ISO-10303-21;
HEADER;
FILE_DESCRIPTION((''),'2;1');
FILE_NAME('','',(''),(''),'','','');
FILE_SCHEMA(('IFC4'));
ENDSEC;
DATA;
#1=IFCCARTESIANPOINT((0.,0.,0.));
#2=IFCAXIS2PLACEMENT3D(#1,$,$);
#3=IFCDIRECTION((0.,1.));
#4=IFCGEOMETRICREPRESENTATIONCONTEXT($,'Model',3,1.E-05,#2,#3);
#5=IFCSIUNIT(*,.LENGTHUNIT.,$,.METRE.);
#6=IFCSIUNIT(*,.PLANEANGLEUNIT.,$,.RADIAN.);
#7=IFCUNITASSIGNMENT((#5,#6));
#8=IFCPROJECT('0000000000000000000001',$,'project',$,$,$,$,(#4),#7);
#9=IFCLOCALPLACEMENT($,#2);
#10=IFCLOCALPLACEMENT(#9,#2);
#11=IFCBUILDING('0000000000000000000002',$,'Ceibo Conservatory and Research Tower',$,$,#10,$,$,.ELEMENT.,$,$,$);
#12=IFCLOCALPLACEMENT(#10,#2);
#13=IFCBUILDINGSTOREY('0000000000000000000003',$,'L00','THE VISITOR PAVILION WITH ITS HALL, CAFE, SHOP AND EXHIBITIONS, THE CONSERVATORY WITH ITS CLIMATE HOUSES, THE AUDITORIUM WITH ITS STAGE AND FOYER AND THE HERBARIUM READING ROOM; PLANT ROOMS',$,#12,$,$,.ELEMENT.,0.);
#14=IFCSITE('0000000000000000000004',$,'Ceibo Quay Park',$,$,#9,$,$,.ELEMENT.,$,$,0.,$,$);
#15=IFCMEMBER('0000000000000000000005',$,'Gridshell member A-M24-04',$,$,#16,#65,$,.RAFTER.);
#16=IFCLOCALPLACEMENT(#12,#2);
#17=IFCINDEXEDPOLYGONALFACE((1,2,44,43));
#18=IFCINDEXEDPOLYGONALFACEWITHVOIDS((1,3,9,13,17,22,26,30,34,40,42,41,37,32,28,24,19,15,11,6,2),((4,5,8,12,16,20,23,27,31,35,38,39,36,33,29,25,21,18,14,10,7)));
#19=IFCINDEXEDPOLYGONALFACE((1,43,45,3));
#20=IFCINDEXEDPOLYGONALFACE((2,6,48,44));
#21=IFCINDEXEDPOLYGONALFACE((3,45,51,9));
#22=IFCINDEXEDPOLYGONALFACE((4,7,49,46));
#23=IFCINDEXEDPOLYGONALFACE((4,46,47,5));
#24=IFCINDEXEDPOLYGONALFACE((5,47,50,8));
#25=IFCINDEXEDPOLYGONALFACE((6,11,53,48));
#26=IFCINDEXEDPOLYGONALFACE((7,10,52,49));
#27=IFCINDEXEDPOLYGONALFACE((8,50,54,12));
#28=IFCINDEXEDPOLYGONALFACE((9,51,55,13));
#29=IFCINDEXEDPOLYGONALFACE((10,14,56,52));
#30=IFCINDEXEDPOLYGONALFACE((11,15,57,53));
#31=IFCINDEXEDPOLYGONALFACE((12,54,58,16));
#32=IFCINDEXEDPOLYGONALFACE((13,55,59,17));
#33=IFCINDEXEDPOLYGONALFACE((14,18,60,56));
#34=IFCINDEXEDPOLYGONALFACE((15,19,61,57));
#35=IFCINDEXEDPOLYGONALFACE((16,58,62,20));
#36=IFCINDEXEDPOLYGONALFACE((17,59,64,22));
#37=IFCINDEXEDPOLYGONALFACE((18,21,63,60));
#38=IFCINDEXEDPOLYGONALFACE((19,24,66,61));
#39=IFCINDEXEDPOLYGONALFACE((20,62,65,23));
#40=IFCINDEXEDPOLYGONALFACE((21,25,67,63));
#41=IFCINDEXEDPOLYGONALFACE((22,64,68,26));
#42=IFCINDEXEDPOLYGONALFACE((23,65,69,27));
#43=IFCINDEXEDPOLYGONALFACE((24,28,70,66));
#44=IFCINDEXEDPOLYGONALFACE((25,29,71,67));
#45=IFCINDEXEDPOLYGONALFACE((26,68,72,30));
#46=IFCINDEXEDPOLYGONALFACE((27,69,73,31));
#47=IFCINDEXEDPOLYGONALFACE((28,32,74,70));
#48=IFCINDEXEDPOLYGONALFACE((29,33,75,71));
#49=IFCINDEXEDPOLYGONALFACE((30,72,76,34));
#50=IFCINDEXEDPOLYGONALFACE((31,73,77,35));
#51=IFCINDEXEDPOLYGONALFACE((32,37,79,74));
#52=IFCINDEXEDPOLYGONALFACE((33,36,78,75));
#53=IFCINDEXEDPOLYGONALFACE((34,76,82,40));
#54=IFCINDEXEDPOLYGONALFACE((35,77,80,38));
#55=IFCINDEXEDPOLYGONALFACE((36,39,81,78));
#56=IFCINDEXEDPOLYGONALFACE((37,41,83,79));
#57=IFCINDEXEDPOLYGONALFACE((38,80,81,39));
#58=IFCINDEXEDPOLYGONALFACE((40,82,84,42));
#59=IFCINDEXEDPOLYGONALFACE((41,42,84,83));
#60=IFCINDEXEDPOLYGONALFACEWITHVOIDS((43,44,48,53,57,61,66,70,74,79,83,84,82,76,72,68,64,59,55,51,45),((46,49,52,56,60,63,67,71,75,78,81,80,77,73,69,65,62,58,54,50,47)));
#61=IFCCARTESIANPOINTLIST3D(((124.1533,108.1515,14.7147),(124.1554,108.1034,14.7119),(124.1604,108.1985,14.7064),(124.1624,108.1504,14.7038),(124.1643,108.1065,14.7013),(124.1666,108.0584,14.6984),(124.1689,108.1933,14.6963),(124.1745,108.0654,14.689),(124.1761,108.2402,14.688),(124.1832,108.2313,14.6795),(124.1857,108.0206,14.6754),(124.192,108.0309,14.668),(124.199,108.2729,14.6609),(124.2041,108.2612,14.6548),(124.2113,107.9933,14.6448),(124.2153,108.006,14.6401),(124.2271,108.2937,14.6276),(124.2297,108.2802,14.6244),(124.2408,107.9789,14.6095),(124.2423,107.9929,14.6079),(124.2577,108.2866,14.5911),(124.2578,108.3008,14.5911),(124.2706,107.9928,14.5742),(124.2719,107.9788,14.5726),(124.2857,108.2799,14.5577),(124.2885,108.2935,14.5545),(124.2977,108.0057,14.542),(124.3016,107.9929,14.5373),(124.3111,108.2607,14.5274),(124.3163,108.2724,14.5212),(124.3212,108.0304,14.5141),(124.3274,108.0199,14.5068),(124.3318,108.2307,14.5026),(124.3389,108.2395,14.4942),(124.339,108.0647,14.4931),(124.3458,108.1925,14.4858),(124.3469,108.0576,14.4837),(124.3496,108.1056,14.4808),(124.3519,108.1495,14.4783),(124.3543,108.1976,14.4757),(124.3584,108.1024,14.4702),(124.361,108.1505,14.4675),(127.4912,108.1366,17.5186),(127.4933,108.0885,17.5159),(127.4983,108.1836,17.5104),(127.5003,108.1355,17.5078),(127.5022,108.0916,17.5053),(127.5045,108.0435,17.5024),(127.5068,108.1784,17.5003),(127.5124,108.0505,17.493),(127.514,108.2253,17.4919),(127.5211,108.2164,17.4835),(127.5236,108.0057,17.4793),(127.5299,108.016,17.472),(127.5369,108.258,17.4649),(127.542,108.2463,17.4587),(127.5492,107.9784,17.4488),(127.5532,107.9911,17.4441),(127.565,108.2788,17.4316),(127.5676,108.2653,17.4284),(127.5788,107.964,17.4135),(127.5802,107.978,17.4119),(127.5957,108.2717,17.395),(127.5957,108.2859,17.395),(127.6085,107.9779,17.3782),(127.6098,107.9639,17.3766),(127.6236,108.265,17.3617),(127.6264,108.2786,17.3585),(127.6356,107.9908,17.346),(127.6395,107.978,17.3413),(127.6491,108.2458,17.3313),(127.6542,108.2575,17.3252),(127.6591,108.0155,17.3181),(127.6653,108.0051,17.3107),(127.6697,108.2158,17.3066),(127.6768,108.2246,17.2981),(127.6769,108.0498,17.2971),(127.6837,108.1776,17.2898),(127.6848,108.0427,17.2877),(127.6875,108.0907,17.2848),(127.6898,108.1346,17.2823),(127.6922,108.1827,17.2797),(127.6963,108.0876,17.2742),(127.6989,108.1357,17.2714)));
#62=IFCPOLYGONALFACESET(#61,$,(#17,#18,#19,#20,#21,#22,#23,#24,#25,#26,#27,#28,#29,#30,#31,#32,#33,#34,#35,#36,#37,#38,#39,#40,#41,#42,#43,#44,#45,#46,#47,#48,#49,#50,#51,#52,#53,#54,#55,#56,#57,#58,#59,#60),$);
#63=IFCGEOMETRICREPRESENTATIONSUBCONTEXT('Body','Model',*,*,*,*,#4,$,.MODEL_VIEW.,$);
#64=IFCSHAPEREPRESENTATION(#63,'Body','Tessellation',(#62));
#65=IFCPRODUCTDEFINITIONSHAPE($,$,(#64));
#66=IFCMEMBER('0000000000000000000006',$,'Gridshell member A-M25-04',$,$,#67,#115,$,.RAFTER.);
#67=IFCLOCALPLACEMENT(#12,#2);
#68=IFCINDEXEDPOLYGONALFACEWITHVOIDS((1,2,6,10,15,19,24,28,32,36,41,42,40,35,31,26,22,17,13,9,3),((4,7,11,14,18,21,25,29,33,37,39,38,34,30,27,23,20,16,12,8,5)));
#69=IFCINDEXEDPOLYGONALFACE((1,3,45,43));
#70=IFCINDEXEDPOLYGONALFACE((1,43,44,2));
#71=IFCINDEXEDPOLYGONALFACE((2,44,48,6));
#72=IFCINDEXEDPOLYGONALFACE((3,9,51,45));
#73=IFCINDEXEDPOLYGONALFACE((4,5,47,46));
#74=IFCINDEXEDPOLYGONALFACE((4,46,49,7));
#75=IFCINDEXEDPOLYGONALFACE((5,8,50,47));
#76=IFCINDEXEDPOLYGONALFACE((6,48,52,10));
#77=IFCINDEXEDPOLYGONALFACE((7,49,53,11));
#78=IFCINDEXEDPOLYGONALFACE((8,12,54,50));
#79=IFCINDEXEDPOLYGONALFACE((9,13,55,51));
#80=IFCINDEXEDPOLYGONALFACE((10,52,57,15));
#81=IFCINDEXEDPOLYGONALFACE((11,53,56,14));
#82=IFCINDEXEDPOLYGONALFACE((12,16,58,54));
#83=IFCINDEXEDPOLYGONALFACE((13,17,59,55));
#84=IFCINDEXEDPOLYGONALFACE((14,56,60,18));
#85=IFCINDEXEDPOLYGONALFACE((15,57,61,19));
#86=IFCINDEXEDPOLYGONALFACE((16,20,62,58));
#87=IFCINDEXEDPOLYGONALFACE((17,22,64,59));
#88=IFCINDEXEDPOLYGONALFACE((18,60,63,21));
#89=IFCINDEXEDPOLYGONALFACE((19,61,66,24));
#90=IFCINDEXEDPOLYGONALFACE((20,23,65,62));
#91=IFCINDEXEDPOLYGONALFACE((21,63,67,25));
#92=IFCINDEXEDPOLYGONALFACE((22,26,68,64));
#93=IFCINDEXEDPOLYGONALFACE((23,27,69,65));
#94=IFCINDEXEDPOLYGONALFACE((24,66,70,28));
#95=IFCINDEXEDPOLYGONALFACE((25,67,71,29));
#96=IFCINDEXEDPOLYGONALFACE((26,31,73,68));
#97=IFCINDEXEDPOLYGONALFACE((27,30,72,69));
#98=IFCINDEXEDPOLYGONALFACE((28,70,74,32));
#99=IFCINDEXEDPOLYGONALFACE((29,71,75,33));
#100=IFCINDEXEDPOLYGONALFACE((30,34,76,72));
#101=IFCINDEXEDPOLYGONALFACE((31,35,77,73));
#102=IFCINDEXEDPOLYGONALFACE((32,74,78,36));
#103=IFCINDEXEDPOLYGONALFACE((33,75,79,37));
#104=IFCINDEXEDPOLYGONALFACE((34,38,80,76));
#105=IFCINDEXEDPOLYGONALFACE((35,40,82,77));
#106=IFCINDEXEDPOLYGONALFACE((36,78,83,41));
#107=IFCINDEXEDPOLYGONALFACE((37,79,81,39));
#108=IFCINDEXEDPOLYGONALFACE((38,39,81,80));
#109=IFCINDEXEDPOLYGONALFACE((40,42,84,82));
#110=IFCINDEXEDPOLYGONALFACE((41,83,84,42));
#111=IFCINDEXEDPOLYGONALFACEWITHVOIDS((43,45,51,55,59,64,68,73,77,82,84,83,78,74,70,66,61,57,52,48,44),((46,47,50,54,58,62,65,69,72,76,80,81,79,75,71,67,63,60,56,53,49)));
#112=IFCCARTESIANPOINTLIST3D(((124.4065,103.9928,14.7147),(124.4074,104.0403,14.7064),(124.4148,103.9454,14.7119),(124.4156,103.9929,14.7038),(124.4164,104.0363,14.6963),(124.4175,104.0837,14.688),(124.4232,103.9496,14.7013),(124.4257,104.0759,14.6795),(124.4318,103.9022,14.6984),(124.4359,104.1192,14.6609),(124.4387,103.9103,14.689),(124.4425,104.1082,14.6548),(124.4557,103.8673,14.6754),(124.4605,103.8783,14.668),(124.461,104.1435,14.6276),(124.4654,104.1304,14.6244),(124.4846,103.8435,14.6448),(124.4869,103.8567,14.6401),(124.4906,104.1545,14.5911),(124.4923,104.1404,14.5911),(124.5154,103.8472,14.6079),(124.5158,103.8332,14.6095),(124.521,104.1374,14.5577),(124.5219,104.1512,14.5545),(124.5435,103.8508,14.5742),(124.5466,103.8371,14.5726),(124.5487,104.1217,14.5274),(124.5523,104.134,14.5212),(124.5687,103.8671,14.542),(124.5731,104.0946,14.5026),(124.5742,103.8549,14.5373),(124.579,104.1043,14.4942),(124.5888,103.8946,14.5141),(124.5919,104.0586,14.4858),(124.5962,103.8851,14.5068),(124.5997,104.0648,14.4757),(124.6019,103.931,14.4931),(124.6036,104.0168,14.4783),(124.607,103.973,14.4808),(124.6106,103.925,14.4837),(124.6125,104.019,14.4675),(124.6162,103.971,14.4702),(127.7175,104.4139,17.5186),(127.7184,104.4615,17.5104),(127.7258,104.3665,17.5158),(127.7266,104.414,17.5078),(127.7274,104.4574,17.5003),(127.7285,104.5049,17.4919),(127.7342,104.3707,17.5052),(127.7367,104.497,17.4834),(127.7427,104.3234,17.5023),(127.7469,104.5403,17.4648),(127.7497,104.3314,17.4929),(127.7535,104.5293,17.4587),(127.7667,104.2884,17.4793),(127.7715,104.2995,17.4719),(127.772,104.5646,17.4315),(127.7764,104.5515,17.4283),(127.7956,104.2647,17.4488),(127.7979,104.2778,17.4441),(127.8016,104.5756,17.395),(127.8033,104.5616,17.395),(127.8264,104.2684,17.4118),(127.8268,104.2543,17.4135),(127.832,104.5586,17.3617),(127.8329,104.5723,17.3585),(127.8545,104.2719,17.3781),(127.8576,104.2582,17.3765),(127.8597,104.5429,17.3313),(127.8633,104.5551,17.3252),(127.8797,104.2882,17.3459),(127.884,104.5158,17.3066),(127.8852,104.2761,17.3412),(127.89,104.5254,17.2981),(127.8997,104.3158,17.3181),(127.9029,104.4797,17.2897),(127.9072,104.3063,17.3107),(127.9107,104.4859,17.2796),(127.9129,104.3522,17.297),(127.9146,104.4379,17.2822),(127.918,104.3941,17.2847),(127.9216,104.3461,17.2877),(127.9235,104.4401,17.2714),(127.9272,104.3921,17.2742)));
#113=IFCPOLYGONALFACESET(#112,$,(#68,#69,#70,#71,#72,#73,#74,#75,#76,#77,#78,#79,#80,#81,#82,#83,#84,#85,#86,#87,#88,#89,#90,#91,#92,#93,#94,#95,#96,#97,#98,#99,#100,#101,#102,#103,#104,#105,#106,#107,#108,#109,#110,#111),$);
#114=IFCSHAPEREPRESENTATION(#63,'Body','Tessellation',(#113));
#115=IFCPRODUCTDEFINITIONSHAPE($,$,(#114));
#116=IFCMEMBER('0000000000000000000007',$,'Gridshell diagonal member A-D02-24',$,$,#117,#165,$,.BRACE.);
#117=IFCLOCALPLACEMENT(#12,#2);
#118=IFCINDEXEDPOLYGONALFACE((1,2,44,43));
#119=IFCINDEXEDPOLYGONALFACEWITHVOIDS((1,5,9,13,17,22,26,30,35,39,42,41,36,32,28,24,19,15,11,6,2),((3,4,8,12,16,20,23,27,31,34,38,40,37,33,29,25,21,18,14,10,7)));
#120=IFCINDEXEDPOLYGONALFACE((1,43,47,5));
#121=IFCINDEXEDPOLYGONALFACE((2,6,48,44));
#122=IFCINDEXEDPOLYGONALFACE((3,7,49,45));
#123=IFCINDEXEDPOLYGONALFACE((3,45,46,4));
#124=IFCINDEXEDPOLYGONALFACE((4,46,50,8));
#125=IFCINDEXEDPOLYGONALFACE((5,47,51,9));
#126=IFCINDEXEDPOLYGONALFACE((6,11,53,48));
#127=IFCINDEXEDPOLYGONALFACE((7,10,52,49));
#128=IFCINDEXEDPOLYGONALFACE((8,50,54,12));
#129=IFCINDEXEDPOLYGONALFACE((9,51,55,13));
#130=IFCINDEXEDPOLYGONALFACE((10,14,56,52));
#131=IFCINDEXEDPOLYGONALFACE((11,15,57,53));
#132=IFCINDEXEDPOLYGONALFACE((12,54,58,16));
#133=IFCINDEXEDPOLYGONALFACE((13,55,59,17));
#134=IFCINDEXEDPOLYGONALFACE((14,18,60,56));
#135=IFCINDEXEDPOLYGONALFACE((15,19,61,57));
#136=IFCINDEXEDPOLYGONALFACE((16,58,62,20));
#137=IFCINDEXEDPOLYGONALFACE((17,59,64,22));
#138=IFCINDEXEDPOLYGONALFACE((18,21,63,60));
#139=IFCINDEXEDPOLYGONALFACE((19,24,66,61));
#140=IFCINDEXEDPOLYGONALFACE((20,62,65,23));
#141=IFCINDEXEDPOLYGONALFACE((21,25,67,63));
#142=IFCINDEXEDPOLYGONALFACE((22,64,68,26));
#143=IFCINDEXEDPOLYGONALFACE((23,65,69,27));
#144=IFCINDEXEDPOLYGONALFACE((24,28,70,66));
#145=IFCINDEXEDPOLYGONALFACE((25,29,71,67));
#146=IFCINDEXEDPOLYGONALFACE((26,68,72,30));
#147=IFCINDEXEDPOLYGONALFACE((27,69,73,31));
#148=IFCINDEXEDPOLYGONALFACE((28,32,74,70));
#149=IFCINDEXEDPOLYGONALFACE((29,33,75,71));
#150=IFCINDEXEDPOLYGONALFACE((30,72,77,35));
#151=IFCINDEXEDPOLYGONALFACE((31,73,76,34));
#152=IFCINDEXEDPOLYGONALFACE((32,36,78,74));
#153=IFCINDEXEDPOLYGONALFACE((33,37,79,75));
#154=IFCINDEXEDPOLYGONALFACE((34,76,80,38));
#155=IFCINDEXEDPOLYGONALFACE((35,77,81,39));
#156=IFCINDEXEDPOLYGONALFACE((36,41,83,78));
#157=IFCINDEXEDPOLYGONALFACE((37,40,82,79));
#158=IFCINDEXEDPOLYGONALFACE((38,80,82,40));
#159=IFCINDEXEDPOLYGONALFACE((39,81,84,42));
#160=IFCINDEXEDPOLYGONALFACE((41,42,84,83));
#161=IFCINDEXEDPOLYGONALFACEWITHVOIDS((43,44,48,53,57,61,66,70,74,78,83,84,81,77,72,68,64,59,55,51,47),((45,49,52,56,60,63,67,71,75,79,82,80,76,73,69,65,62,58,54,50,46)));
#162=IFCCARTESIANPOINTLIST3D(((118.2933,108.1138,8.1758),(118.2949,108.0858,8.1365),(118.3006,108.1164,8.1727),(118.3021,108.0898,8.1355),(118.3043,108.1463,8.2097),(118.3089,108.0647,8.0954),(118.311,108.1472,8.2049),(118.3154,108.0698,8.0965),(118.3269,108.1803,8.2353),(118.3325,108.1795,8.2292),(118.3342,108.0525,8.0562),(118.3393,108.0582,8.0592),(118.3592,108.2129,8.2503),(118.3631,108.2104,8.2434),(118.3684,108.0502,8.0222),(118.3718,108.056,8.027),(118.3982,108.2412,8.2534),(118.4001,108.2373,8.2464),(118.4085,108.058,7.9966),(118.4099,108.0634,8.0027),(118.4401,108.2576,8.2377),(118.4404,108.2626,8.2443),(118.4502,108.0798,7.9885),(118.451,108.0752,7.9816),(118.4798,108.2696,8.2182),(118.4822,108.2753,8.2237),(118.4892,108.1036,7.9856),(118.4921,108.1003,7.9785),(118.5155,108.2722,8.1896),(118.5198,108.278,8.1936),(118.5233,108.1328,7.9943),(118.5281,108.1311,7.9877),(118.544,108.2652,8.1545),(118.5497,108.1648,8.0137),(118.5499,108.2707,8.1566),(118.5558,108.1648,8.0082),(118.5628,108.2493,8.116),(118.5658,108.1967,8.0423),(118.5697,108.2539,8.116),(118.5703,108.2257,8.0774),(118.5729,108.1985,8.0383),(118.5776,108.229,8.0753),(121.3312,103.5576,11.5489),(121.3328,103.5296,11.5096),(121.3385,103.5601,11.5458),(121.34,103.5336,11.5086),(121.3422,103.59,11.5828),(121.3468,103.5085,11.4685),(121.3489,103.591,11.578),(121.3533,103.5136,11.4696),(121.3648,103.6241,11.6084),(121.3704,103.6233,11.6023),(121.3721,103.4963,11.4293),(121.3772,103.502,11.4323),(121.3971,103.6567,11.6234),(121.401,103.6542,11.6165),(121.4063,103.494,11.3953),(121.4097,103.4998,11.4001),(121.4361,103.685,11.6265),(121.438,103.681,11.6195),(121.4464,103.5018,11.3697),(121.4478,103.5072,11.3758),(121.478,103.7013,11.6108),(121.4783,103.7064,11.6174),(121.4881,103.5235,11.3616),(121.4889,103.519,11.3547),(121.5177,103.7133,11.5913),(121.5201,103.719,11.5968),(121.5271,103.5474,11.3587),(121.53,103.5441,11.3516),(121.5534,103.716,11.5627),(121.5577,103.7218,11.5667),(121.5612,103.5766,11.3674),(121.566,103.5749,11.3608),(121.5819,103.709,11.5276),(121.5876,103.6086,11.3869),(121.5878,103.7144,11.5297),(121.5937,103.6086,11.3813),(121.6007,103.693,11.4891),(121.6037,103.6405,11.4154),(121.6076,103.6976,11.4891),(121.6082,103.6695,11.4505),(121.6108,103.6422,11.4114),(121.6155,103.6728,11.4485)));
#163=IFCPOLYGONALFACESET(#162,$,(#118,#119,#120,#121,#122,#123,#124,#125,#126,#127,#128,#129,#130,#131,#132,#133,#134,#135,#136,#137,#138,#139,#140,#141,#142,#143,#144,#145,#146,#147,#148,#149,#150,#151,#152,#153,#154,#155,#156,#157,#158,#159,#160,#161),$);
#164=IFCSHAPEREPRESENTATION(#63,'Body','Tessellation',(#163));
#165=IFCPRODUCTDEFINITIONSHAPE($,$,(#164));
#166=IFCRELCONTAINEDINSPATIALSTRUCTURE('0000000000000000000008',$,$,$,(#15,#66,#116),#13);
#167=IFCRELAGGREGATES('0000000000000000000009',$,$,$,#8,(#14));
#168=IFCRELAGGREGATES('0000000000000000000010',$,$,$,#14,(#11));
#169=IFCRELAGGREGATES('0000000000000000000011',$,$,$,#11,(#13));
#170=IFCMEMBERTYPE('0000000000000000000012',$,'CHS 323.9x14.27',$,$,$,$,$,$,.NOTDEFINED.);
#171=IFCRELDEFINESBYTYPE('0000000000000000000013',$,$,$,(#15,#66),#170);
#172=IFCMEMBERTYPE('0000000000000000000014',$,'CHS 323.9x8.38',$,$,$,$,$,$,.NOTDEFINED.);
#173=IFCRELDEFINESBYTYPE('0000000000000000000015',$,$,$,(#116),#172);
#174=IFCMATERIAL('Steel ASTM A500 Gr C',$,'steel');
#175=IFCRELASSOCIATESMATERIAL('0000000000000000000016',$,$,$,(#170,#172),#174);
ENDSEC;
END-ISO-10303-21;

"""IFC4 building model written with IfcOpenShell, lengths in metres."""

from ifc_helpers import new_model, si_unit, direction, frame, origin, origin_2d, place, context, subcontext, project, spatial, hollow_circle, extrude, material, material_profile, profile_set, type_object, element, save


model = new_model("IFC4")

# Units and contexts
model_context = context("Model", 3, precision=1e-05, world=origin(), true_north=direction((0.0, 1.0)))
body_context = subcontext(model_context, "Body", "Model", "MODEL_VIEW")
ifc_project = project(units=[si_unit("LENGTHUNIT", "METRE"), si_unit("PLANEANGLEUNIT", "RADIAN")], contexts=[model_context])

# Site, building, storey
site_placement = place(None, origin())
site = spatial("IfcSite", under=ifc_project, at=site_placement, Name="Ceibo Quay Park", CompositionType="ELEMENT", RefElevation=0.0)
building_placement = place(site_placement, origin())
building = spatial("IfcBuilding", under=site, at=building_placement, Name="Ceibo Conservatory and Research Tower", CompositionType="ELEMENT")
storey_placement = place(building_placement, origin())
storey = spatial("IfcBuildingStorey", under=building, at=storey_placement, Name="L00", Description="THE VISITOR PAVILION WITH ITS HALL, CAFE, SHOP AND EXHIBITIONS, THE CONSERVATORY WITH ITS CLIMATE HOUSES, THE AUDITORIUM WITH ITS STAGE AND FOYER AND THE HERBARIUM READING ROOM; PLANT ROOMS", CompositionType="ELEMENT", Elevation=0.0)

# Members
ifc_material_1 = material(Name="Steel ASTM A500 Gr C", Category="steel")
ifc_material_profile_1 = material_profile(ifc_material_1, hollow_circle(Radius=0.1619, WallThickness=0.0142, at=origin_2d()), Name="CHS 323.9x14.27")
ifc_profile_set_1 = profile_set([ifc_material_profile_1], Name="Steel ASTM A500 Gr C")
member_type_1 = type_object("IfcMemberType", Name="CHS 323.9x14.27", PredefinedType="NOTDEFINED", material=ifc_profile_set_1)
member_1_placement = place(storey_placement, frame((124.2571, 108.1389, 14.5911), z_axis=(0.765686, -0.003416, 0.643205), x_axis=(0.004462, 0.99999, 0.0)))
element("IfcMember", 1, at=member_1_placement, inside=storey, type_object=member_type_1, Name="Gridshell member A-M24-04", PredefinedType="RAFTER", context=body_context, shape_type="SweptSolid", body=[
    extrude(hollow_circle(Radius=0.1619, WallThickness=0.0142, at=origin_2d()), origin(), (0.0, 0.0, 1.0), 4.3594),
])
member_2_placement = place(storey_placement, frame((124.511, 103.9939, 14.5911), z_axis=(0.759554, 0.09661, 0.643229), x_axis=(-0.126177, 0.992008, 0.0)))
element("IfcMember", 2, at=member_2_placement, inside=storey, type_object=member_type_1, Name="Gridshell member A-M25-04", PredefinedType="RAFTER", context=body_context, shape_type="SweptSolid", body=[
    extrude(hollow_circle(Radius=0.1619, WallThickness=0.0142, at=origin_2d()), origin(), (0.0, 0.0, 1.0), 4.3591),
])
ifc_material_profile_2 = material_profile(ifc_material_1, hollow_circle(Radius=0.1619, WallThickness=0.0083, at=origin_2d()), Name="CHS 323.9x8.38")
ifc_profile_set_2 = profile_set([ifc_material_profile_2], Name="Steel ASTM A500 Gr C")
member_type_2 = type_object("IfcMemberType", Name="CHS 323.9x8.38", PredefinedType="NOTDEFINED", material=ifc_profile_set_2)
member_3_placement = place(storey_placement, frame((118.4351, 108.1641, 8.116), z_axis=(0.472337, -0.70841, 0.524456), x_axis=(0.832016, 0.554752, 0.0)))
element("IfcMember", 3, at=member_3_placement, inside=storey, type_object=member_type_2, Name="Gridshell diagonal member A-D02-24", PredefinedType="BRACE", context=body_context, shape_type="SweptSolid", body=[
    extrude(hollow_circle(Radius=0.1619, WallThickness=0.0083, at=origin_2d()), origin(), (0.0, 0.0, 1.0), 6.4316),
])

save(model, "model.ifc")
